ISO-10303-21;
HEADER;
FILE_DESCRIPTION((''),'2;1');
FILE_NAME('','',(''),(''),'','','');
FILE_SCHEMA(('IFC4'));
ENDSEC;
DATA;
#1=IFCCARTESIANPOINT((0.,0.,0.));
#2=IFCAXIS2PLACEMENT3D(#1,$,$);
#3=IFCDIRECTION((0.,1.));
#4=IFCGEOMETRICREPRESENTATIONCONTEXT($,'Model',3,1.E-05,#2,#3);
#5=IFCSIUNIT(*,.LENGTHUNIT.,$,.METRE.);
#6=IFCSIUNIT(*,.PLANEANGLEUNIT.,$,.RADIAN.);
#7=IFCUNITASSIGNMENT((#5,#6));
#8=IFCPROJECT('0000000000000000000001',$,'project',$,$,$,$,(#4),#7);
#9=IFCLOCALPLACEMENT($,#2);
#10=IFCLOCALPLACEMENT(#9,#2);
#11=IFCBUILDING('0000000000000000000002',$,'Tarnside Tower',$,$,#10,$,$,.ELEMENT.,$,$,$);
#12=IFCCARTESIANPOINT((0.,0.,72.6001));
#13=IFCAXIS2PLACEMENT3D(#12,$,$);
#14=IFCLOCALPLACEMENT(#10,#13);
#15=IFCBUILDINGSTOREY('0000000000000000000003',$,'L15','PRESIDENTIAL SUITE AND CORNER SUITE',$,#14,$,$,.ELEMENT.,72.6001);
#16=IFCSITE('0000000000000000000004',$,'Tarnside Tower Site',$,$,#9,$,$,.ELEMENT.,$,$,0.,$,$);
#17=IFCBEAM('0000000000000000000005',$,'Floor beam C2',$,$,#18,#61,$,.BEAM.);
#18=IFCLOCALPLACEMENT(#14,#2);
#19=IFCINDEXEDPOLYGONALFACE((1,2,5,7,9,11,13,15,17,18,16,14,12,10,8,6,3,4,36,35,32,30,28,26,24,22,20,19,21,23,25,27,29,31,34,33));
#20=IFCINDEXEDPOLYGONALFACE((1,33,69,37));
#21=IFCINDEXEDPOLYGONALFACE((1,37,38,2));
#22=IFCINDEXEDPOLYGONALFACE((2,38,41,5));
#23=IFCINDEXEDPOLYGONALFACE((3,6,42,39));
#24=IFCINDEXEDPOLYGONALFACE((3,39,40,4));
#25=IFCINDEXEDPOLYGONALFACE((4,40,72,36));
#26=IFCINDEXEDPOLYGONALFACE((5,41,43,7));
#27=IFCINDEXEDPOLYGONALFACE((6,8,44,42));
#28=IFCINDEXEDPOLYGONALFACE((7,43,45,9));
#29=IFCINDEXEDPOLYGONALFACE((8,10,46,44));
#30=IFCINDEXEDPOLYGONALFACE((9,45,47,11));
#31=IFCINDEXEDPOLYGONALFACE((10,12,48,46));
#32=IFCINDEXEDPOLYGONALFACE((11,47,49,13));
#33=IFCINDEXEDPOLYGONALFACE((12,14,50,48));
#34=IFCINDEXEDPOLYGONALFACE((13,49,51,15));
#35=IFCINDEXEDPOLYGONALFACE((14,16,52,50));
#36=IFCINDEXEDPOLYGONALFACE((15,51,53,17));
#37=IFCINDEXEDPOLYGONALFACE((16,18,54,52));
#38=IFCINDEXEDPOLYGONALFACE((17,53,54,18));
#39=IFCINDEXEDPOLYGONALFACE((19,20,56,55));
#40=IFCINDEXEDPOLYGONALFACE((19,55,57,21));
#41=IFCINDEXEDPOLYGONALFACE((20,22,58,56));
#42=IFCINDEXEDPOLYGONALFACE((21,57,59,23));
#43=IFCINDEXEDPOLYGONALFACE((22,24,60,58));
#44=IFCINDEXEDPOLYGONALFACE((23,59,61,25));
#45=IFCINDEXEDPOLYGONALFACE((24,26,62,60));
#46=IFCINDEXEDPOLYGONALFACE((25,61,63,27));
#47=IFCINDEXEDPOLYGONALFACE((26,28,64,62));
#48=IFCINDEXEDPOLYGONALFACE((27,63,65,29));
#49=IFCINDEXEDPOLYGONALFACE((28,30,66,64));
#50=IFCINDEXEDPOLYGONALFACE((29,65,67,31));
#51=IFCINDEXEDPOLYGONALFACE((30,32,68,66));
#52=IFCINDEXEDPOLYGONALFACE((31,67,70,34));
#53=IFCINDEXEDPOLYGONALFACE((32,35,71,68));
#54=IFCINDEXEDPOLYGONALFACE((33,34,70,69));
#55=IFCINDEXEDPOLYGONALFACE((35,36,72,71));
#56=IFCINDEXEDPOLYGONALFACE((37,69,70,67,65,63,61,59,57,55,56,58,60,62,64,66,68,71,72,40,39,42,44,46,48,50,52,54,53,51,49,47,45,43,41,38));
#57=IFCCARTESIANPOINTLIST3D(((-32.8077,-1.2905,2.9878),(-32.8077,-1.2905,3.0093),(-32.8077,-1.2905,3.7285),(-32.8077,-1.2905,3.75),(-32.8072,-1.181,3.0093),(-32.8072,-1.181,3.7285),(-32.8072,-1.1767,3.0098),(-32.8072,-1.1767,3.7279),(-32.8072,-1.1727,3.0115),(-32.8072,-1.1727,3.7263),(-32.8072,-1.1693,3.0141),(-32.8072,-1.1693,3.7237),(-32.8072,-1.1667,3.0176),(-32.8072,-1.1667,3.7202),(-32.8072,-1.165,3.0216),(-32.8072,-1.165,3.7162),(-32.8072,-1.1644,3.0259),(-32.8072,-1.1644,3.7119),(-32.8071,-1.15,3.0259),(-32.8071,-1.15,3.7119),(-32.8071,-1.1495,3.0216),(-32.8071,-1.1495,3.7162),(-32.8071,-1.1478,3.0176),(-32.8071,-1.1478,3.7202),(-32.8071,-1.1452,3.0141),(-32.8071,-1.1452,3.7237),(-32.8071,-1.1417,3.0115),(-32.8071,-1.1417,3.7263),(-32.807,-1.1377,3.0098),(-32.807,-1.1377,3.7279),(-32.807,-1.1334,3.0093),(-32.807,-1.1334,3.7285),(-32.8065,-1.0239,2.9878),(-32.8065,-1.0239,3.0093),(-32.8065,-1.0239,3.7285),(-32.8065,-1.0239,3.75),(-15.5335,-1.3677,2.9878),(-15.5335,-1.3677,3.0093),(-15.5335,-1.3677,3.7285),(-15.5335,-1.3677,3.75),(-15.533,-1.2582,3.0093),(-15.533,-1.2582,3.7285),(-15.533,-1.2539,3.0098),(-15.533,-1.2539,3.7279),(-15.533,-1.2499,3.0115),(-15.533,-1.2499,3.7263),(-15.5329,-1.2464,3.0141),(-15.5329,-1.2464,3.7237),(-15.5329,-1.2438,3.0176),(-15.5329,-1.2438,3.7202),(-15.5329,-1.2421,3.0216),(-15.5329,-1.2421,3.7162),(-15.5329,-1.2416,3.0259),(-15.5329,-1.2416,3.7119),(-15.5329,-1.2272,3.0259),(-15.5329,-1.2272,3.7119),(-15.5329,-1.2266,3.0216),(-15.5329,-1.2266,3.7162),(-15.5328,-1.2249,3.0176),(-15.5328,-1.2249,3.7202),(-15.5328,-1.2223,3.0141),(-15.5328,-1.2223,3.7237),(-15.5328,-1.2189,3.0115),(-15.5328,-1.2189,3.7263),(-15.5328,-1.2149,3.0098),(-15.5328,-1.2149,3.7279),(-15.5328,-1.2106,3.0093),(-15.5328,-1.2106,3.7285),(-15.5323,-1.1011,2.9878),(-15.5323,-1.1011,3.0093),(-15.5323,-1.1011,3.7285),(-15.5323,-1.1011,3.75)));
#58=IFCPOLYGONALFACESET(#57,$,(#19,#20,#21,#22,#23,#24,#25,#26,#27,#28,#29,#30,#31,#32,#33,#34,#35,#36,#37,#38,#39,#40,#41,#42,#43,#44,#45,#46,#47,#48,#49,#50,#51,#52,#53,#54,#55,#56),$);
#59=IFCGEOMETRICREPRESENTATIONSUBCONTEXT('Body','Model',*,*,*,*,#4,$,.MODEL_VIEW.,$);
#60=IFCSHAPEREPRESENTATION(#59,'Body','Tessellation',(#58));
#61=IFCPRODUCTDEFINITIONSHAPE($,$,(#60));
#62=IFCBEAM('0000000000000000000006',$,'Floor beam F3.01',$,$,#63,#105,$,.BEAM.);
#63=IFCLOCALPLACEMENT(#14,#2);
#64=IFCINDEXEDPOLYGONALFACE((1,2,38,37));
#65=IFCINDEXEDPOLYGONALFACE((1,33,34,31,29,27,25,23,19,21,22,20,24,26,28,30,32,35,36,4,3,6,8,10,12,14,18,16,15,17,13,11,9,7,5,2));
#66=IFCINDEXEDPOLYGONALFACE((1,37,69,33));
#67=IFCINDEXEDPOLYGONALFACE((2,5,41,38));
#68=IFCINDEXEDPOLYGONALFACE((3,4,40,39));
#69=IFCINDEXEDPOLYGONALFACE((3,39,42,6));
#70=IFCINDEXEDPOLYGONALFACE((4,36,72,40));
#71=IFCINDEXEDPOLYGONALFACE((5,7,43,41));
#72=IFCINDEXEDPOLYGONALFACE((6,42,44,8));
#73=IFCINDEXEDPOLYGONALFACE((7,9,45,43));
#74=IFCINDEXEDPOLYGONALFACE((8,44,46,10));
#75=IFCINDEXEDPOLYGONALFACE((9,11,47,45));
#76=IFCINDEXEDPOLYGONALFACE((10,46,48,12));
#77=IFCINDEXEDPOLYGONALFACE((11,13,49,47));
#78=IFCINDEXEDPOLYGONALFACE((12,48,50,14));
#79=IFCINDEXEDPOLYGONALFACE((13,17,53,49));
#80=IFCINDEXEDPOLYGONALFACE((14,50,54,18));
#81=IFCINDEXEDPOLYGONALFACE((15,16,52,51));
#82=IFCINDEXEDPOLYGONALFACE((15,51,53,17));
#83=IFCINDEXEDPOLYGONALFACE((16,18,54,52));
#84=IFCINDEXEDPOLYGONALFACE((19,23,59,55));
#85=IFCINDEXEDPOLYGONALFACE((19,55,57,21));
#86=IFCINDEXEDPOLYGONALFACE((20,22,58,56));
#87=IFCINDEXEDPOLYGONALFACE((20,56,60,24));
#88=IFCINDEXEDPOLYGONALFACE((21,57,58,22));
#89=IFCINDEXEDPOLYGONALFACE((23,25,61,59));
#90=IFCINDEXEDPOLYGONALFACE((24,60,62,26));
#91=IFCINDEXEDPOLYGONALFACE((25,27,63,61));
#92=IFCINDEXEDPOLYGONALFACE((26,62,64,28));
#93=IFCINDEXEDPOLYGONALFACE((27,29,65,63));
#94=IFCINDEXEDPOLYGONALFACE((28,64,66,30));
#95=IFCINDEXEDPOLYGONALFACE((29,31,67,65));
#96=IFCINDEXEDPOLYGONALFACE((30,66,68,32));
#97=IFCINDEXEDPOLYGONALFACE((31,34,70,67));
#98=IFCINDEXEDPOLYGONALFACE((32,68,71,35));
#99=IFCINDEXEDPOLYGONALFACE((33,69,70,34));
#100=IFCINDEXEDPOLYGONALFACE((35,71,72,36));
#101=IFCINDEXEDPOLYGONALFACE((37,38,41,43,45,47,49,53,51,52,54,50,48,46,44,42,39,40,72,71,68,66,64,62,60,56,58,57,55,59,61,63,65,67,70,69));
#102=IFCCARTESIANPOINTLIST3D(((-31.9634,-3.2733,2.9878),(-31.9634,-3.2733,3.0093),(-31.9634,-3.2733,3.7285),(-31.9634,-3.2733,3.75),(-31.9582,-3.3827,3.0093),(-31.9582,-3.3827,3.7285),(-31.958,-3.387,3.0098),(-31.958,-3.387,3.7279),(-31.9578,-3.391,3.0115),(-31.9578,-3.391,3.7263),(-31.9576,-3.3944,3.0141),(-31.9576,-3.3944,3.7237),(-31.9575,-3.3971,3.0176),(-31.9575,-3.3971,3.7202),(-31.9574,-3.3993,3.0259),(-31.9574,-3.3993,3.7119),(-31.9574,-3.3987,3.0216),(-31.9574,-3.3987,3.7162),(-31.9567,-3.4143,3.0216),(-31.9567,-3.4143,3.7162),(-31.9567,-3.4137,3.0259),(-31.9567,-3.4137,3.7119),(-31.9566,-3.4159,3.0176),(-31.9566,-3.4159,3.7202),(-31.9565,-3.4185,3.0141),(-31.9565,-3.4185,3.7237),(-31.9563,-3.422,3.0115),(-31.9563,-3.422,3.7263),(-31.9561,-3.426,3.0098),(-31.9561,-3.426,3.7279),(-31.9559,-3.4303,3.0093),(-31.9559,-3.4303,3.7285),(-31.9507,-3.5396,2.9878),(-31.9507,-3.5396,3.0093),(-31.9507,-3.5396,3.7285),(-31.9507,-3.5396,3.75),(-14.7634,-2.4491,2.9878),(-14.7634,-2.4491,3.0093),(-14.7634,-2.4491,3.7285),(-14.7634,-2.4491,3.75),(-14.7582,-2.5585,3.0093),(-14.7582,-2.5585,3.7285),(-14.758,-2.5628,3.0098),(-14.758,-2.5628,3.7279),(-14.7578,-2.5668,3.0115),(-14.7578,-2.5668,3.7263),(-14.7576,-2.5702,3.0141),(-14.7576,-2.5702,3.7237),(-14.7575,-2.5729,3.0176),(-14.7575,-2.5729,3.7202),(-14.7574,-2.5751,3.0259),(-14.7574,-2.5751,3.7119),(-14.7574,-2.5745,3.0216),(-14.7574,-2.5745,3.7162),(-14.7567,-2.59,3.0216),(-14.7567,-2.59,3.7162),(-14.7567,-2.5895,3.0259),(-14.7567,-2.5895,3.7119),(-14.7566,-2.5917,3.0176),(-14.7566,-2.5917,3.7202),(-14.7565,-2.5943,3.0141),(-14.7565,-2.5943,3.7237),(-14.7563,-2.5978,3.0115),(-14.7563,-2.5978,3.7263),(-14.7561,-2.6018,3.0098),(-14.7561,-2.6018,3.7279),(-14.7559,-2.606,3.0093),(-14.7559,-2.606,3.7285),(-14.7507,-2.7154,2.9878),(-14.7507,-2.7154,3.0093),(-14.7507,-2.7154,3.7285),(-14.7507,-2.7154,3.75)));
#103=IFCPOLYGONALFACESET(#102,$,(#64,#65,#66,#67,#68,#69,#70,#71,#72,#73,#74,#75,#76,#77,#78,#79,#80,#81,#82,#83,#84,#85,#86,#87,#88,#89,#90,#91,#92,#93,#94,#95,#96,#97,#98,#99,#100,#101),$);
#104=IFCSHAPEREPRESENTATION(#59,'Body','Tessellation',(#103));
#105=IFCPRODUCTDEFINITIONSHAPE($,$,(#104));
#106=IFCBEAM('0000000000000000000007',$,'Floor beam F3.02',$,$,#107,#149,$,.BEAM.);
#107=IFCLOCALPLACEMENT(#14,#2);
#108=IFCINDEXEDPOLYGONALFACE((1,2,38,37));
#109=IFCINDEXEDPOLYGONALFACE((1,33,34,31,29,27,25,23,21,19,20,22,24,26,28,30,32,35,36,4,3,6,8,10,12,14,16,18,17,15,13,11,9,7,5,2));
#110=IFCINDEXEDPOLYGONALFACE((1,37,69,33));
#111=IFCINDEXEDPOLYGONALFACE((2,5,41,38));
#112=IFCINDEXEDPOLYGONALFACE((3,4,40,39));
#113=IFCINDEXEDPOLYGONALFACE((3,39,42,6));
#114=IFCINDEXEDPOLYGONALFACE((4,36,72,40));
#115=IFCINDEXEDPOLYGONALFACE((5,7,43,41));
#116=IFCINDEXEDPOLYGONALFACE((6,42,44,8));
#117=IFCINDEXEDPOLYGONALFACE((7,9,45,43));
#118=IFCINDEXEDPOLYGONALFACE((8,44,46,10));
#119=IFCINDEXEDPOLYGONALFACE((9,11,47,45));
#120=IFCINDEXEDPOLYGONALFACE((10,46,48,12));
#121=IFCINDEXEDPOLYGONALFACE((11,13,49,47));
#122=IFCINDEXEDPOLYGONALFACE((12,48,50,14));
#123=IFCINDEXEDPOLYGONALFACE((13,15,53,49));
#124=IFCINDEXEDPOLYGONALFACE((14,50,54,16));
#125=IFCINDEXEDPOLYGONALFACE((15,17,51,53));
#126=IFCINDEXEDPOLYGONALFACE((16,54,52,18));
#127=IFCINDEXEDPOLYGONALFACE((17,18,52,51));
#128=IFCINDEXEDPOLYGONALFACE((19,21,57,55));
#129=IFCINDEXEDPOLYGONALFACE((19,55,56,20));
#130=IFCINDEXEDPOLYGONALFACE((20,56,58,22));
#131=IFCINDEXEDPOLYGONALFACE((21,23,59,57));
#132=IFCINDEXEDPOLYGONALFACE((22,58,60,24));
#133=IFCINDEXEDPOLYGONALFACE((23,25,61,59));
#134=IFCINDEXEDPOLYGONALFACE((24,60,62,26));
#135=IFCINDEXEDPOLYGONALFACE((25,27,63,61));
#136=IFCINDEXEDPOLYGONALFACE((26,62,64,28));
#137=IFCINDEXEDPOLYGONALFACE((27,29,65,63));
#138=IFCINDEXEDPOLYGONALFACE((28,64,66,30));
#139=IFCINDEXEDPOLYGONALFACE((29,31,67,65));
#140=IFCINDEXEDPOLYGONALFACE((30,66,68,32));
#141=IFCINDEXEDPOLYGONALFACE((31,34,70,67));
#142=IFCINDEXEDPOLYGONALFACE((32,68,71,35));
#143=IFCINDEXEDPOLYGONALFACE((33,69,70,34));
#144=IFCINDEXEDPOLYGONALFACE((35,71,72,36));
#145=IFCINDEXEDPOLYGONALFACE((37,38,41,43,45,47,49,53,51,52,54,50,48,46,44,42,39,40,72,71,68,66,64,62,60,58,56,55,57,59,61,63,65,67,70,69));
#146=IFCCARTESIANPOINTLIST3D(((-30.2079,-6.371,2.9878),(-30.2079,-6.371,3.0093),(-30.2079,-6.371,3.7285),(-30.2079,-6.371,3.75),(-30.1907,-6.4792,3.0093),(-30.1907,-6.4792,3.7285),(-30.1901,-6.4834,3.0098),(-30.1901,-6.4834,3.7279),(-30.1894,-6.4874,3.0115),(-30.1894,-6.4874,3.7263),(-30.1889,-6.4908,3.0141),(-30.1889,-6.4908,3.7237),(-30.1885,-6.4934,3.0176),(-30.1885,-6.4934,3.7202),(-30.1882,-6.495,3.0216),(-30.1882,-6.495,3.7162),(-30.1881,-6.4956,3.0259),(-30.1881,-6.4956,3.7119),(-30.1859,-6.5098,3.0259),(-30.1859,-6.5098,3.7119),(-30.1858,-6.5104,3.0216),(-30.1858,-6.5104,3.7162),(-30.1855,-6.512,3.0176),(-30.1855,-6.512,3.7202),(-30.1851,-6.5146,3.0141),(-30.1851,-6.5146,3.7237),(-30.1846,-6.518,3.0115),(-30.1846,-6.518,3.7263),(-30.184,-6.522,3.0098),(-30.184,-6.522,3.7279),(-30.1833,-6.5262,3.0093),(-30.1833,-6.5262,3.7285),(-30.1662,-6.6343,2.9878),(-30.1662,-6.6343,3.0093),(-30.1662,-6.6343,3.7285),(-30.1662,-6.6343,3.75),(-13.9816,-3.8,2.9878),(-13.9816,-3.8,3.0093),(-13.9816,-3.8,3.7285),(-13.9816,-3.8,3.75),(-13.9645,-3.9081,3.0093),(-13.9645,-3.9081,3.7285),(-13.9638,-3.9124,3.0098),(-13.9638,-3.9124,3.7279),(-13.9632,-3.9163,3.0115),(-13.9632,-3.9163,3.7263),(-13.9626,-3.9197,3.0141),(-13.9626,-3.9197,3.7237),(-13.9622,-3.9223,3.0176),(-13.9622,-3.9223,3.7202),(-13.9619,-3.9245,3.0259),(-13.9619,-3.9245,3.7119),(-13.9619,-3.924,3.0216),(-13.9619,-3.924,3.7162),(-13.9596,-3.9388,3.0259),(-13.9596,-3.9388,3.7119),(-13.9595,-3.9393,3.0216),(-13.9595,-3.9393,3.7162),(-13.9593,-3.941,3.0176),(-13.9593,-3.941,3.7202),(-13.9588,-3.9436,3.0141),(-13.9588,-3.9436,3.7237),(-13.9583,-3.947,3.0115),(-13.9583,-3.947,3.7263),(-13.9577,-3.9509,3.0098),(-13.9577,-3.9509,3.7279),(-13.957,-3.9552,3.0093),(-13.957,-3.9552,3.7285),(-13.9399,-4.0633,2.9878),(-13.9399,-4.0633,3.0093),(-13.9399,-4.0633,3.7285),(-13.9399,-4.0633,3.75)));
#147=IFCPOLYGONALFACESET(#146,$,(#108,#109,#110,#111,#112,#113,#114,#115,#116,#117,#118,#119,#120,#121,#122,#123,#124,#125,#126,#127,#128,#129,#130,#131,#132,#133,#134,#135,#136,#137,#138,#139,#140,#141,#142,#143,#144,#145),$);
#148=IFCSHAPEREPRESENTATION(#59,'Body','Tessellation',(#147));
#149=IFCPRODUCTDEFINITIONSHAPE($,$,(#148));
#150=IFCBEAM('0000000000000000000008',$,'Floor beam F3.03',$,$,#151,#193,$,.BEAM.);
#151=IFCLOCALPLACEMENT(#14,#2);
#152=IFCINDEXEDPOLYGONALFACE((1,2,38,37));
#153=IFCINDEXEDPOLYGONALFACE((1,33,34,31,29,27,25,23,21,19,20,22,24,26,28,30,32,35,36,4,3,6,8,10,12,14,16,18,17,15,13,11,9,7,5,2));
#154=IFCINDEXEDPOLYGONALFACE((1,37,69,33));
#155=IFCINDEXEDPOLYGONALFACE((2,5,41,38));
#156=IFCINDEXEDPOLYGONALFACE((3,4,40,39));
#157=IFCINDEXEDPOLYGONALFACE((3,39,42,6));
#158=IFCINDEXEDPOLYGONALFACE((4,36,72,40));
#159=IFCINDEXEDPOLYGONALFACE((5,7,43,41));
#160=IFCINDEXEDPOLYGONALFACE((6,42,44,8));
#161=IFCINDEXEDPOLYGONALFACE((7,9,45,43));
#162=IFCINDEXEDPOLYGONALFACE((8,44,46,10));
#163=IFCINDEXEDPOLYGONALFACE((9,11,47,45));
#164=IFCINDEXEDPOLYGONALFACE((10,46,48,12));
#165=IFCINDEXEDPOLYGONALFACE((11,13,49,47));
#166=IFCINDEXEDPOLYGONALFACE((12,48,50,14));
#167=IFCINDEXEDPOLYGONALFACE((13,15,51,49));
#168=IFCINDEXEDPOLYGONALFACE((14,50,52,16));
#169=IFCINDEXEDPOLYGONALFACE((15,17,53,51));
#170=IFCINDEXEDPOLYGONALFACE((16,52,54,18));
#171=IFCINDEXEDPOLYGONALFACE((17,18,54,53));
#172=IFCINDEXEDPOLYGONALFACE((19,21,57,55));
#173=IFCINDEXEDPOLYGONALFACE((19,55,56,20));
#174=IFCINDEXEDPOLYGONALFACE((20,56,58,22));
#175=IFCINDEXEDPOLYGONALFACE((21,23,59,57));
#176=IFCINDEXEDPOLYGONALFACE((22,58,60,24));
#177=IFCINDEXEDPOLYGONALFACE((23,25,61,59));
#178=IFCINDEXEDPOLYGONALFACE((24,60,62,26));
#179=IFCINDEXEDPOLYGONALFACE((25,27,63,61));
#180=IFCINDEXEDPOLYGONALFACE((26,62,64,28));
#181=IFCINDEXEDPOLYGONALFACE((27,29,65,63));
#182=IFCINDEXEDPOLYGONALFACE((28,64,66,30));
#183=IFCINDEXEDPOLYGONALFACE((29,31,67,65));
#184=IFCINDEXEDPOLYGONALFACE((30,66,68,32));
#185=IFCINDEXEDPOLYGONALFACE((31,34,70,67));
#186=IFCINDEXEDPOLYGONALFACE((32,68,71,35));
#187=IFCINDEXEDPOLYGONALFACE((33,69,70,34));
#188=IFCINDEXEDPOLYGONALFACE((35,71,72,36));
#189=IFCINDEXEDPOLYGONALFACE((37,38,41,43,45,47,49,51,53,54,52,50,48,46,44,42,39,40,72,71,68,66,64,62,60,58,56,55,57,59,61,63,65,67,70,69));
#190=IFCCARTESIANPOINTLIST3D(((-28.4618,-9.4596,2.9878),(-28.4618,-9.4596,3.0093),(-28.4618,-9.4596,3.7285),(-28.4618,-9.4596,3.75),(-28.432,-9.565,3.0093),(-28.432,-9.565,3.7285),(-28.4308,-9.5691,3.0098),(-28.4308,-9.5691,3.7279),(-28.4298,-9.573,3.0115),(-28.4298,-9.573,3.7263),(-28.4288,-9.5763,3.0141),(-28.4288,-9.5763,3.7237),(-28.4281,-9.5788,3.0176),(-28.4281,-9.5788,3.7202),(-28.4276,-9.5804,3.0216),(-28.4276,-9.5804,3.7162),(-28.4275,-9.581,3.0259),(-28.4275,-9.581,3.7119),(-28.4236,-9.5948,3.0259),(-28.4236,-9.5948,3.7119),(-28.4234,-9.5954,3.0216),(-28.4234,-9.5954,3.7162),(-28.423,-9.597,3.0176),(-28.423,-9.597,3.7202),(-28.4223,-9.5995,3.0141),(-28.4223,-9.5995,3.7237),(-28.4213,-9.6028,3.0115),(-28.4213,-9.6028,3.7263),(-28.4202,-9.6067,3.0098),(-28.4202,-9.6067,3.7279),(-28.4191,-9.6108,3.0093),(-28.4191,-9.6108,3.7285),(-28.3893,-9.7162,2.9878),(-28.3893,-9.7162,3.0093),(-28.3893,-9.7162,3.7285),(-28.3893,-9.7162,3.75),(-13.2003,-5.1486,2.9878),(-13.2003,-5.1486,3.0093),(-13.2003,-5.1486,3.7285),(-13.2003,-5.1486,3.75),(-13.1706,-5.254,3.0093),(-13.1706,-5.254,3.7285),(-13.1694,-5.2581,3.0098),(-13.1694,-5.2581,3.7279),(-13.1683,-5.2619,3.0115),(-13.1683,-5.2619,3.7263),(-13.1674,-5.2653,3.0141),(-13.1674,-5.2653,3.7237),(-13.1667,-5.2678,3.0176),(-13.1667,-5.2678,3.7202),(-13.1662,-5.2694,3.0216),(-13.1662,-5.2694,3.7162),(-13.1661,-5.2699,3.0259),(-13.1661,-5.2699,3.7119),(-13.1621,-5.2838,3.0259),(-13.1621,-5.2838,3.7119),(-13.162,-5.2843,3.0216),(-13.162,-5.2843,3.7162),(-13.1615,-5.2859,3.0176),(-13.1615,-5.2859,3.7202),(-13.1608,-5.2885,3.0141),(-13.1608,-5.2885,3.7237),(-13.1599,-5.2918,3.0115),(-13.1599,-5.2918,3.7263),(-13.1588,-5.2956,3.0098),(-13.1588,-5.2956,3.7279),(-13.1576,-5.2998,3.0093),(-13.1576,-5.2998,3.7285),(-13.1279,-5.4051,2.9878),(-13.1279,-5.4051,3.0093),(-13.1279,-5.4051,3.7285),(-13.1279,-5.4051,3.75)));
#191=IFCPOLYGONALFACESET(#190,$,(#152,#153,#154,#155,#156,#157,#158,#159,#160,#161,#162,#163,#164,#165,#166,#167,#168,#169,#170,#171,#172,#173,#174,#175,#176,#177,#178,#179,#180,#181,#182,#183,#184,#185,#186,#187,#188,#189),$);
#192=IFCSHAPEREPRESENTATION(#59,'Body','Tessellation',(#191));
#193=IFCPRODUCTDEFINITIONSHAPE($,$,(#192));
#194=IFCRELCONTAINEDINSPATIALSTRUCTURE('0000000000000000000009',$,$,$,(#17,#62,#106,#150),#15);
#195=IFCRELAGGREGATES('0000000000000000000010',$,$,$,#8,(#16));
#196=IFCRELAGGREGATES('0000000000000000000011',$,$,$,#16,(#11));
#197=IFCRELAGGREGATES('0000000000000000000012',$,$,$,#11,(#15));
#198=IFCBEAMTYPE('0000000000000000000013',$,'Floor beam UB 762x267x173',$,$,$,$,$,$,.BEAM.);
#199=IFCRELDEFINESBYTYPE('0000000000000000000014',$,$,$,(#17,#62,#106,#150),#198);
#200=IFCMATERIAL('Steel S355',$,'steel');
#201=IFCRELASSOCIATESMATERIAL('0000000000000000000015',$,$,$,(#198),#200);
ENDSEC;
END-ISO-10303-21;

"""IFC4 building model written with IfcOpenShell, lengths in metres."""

from ifc_helpers import new_model, si_unit, direction, frame, origin, origin_2d, place, context, subcontext, project, spatial, i_section, extrude, material, material_profile, profile_set, type_object, element, save


model = new_model("IFC4")

# Units and contexts
model_context = context("Model", 3, precision=1e-05, world=origin(), true_north=direction((0.0, 1.0)))
body_context = subcontext(model_context, "Body", "Model", "MODEL_VIEW")
ifc_project = project(units=[si_unit("LENGTHUNIT", "METRE"), si_unit("PLANEANGLEUNIT", "RADIAN")], contexts=[model_context])

# Site, building, storey
site_placement = place(None, origin())
site = spatial("IfcSite", under=ifc_project, at=site_placement, Name="Tarnside Tower Site", CompositionType="ELEMENT", RefElevation=0.0)
building_placement = place(site_placement, origin())
building = spatial("IfcBuilding", under=site, at=building_placement, Name="Tarnside Tower", CompositionType="ELEMENT")
storey_placement = place(building_placement, frame((0.0, 0.0, 72.6001)))
storey = spatial("IfcBuildingStorey", under=building, at=storey_placement, Name="L15", Description="PRESIDENTIAL SUITE AND CORNER SUITE", CompositionType="ELEMENT", Elevation=72.6001)

# Beams
ifc_material_1 = material(Name="Steel S355", Category="steel")
ifc_material_profile = material_profile(ifc_material_1, i_section(OverallWidth=0.2666, OverallDepth=0.7622, WebThickness=0.0144, FlangeThickness=0.0215, FilletRadius=0.0166, at=origin_2d()), Name="UB 762x267x173")
ifc_profile_set = profile_set([ifc_material_profile], Name="Steel S355")
beam_type = type_object("IfcBeamType", Name="Floor beam UB 762x267x173", PredefinedType="BEAM", material=ifc_profile_set)
beam_1_placement = place(storey_placement, frame((-32.8071, -1.1572, 3.3689), z_axis=(0.99999, -0.004466, 0.0), x_axis=(0.004466, 0.99999, 0.0)))
element("IfcBeam", 1, at=beam_1_placement, inside=storey, type_object=beam_type, Name="Floor beam C2", PredefinedType="BEAM", context=body_context, shape_type="SweptSolid", body=[
    extrude(i_section(OverallWidth=0.2666, OverallDepth=0.7622, WebThickness=0.0144, FlangeThickness=0.0215, FilletRadius=0.0166, at=origin_2d()), origin(), (0.0, 0.0, 1.0), 17.2744),
])
beam_2_placement = place(storey_placement, frame((-31.957, -3.4065, 3.3689), z_axis=(0.998854, 0.047865, 0.0), x_axis=(-0.047865, 0.998854, 0.0)))
element("IfcBeam", 2, at=beam_2_placement, inside=storey, type_object=beam_type, Name="Floor beam F3.01", PredefinedType="BEAM", context=body_context, shape_type="SweptSolid", body=[
    extrude(i_section(OverallWidth=0.2666, OverallDepth=0.7622, WebThickness=0.0144, FlangeThickness=0.0215, FilletRadius=0.0166, at=origin_2d()), origin(), (0.0, 0.0, 1.0), 17.2197),
])
beam_3_placement = place(storey_placement, frame((-30.187, -6.5027, 3.3689), z_axis=(0.987678, 0.156497, 0.0), x_axis=(-0.156497, 0.987678, 0.0)))
element("IfcBeam", 3, at=beam_3_placement, inside=storey, type_object=beam_type, Name="Floor beam F3.02", PredefinedType="BEAM", context=body_context, shape_type="SweptSolid", body=[
    extrude(i_section(OverallWidth=0.2666, OverallDepth=0.7622, WebThickness=0.0144, FlangeThickness=0.0215, FilletRadius=0.0166, at=origin_2d()), origin(), (0.0, 0.0, 1.0), 16.4287),
])
beam_4_placement = place(storey_placement, frame((-28.4255, -9.5879, 3.3689), z_axis=(0.962342, 0.271841, 0.0), x_axis=(-0.271841, 0.962342, 0.0)))
element("IfcBeam", 4, at=beam_4_placement, inside=storey, type_object=beam_type, Name="Floor beam F3.03", PredefinedType="BEAM", context=body_context, shape_type="SweptSolid", body=[
    extrude(i_section(OverallWidth=0.2666, OverallDepth=0.7622, WebThickness=0.0144, FlangeThickness=0.0215, FilletRadius=0.0166, at=origin_2d()), origin(), (0.0, 0.0, 1.0), 15.8586),
])

save(model, "model.ifc")
